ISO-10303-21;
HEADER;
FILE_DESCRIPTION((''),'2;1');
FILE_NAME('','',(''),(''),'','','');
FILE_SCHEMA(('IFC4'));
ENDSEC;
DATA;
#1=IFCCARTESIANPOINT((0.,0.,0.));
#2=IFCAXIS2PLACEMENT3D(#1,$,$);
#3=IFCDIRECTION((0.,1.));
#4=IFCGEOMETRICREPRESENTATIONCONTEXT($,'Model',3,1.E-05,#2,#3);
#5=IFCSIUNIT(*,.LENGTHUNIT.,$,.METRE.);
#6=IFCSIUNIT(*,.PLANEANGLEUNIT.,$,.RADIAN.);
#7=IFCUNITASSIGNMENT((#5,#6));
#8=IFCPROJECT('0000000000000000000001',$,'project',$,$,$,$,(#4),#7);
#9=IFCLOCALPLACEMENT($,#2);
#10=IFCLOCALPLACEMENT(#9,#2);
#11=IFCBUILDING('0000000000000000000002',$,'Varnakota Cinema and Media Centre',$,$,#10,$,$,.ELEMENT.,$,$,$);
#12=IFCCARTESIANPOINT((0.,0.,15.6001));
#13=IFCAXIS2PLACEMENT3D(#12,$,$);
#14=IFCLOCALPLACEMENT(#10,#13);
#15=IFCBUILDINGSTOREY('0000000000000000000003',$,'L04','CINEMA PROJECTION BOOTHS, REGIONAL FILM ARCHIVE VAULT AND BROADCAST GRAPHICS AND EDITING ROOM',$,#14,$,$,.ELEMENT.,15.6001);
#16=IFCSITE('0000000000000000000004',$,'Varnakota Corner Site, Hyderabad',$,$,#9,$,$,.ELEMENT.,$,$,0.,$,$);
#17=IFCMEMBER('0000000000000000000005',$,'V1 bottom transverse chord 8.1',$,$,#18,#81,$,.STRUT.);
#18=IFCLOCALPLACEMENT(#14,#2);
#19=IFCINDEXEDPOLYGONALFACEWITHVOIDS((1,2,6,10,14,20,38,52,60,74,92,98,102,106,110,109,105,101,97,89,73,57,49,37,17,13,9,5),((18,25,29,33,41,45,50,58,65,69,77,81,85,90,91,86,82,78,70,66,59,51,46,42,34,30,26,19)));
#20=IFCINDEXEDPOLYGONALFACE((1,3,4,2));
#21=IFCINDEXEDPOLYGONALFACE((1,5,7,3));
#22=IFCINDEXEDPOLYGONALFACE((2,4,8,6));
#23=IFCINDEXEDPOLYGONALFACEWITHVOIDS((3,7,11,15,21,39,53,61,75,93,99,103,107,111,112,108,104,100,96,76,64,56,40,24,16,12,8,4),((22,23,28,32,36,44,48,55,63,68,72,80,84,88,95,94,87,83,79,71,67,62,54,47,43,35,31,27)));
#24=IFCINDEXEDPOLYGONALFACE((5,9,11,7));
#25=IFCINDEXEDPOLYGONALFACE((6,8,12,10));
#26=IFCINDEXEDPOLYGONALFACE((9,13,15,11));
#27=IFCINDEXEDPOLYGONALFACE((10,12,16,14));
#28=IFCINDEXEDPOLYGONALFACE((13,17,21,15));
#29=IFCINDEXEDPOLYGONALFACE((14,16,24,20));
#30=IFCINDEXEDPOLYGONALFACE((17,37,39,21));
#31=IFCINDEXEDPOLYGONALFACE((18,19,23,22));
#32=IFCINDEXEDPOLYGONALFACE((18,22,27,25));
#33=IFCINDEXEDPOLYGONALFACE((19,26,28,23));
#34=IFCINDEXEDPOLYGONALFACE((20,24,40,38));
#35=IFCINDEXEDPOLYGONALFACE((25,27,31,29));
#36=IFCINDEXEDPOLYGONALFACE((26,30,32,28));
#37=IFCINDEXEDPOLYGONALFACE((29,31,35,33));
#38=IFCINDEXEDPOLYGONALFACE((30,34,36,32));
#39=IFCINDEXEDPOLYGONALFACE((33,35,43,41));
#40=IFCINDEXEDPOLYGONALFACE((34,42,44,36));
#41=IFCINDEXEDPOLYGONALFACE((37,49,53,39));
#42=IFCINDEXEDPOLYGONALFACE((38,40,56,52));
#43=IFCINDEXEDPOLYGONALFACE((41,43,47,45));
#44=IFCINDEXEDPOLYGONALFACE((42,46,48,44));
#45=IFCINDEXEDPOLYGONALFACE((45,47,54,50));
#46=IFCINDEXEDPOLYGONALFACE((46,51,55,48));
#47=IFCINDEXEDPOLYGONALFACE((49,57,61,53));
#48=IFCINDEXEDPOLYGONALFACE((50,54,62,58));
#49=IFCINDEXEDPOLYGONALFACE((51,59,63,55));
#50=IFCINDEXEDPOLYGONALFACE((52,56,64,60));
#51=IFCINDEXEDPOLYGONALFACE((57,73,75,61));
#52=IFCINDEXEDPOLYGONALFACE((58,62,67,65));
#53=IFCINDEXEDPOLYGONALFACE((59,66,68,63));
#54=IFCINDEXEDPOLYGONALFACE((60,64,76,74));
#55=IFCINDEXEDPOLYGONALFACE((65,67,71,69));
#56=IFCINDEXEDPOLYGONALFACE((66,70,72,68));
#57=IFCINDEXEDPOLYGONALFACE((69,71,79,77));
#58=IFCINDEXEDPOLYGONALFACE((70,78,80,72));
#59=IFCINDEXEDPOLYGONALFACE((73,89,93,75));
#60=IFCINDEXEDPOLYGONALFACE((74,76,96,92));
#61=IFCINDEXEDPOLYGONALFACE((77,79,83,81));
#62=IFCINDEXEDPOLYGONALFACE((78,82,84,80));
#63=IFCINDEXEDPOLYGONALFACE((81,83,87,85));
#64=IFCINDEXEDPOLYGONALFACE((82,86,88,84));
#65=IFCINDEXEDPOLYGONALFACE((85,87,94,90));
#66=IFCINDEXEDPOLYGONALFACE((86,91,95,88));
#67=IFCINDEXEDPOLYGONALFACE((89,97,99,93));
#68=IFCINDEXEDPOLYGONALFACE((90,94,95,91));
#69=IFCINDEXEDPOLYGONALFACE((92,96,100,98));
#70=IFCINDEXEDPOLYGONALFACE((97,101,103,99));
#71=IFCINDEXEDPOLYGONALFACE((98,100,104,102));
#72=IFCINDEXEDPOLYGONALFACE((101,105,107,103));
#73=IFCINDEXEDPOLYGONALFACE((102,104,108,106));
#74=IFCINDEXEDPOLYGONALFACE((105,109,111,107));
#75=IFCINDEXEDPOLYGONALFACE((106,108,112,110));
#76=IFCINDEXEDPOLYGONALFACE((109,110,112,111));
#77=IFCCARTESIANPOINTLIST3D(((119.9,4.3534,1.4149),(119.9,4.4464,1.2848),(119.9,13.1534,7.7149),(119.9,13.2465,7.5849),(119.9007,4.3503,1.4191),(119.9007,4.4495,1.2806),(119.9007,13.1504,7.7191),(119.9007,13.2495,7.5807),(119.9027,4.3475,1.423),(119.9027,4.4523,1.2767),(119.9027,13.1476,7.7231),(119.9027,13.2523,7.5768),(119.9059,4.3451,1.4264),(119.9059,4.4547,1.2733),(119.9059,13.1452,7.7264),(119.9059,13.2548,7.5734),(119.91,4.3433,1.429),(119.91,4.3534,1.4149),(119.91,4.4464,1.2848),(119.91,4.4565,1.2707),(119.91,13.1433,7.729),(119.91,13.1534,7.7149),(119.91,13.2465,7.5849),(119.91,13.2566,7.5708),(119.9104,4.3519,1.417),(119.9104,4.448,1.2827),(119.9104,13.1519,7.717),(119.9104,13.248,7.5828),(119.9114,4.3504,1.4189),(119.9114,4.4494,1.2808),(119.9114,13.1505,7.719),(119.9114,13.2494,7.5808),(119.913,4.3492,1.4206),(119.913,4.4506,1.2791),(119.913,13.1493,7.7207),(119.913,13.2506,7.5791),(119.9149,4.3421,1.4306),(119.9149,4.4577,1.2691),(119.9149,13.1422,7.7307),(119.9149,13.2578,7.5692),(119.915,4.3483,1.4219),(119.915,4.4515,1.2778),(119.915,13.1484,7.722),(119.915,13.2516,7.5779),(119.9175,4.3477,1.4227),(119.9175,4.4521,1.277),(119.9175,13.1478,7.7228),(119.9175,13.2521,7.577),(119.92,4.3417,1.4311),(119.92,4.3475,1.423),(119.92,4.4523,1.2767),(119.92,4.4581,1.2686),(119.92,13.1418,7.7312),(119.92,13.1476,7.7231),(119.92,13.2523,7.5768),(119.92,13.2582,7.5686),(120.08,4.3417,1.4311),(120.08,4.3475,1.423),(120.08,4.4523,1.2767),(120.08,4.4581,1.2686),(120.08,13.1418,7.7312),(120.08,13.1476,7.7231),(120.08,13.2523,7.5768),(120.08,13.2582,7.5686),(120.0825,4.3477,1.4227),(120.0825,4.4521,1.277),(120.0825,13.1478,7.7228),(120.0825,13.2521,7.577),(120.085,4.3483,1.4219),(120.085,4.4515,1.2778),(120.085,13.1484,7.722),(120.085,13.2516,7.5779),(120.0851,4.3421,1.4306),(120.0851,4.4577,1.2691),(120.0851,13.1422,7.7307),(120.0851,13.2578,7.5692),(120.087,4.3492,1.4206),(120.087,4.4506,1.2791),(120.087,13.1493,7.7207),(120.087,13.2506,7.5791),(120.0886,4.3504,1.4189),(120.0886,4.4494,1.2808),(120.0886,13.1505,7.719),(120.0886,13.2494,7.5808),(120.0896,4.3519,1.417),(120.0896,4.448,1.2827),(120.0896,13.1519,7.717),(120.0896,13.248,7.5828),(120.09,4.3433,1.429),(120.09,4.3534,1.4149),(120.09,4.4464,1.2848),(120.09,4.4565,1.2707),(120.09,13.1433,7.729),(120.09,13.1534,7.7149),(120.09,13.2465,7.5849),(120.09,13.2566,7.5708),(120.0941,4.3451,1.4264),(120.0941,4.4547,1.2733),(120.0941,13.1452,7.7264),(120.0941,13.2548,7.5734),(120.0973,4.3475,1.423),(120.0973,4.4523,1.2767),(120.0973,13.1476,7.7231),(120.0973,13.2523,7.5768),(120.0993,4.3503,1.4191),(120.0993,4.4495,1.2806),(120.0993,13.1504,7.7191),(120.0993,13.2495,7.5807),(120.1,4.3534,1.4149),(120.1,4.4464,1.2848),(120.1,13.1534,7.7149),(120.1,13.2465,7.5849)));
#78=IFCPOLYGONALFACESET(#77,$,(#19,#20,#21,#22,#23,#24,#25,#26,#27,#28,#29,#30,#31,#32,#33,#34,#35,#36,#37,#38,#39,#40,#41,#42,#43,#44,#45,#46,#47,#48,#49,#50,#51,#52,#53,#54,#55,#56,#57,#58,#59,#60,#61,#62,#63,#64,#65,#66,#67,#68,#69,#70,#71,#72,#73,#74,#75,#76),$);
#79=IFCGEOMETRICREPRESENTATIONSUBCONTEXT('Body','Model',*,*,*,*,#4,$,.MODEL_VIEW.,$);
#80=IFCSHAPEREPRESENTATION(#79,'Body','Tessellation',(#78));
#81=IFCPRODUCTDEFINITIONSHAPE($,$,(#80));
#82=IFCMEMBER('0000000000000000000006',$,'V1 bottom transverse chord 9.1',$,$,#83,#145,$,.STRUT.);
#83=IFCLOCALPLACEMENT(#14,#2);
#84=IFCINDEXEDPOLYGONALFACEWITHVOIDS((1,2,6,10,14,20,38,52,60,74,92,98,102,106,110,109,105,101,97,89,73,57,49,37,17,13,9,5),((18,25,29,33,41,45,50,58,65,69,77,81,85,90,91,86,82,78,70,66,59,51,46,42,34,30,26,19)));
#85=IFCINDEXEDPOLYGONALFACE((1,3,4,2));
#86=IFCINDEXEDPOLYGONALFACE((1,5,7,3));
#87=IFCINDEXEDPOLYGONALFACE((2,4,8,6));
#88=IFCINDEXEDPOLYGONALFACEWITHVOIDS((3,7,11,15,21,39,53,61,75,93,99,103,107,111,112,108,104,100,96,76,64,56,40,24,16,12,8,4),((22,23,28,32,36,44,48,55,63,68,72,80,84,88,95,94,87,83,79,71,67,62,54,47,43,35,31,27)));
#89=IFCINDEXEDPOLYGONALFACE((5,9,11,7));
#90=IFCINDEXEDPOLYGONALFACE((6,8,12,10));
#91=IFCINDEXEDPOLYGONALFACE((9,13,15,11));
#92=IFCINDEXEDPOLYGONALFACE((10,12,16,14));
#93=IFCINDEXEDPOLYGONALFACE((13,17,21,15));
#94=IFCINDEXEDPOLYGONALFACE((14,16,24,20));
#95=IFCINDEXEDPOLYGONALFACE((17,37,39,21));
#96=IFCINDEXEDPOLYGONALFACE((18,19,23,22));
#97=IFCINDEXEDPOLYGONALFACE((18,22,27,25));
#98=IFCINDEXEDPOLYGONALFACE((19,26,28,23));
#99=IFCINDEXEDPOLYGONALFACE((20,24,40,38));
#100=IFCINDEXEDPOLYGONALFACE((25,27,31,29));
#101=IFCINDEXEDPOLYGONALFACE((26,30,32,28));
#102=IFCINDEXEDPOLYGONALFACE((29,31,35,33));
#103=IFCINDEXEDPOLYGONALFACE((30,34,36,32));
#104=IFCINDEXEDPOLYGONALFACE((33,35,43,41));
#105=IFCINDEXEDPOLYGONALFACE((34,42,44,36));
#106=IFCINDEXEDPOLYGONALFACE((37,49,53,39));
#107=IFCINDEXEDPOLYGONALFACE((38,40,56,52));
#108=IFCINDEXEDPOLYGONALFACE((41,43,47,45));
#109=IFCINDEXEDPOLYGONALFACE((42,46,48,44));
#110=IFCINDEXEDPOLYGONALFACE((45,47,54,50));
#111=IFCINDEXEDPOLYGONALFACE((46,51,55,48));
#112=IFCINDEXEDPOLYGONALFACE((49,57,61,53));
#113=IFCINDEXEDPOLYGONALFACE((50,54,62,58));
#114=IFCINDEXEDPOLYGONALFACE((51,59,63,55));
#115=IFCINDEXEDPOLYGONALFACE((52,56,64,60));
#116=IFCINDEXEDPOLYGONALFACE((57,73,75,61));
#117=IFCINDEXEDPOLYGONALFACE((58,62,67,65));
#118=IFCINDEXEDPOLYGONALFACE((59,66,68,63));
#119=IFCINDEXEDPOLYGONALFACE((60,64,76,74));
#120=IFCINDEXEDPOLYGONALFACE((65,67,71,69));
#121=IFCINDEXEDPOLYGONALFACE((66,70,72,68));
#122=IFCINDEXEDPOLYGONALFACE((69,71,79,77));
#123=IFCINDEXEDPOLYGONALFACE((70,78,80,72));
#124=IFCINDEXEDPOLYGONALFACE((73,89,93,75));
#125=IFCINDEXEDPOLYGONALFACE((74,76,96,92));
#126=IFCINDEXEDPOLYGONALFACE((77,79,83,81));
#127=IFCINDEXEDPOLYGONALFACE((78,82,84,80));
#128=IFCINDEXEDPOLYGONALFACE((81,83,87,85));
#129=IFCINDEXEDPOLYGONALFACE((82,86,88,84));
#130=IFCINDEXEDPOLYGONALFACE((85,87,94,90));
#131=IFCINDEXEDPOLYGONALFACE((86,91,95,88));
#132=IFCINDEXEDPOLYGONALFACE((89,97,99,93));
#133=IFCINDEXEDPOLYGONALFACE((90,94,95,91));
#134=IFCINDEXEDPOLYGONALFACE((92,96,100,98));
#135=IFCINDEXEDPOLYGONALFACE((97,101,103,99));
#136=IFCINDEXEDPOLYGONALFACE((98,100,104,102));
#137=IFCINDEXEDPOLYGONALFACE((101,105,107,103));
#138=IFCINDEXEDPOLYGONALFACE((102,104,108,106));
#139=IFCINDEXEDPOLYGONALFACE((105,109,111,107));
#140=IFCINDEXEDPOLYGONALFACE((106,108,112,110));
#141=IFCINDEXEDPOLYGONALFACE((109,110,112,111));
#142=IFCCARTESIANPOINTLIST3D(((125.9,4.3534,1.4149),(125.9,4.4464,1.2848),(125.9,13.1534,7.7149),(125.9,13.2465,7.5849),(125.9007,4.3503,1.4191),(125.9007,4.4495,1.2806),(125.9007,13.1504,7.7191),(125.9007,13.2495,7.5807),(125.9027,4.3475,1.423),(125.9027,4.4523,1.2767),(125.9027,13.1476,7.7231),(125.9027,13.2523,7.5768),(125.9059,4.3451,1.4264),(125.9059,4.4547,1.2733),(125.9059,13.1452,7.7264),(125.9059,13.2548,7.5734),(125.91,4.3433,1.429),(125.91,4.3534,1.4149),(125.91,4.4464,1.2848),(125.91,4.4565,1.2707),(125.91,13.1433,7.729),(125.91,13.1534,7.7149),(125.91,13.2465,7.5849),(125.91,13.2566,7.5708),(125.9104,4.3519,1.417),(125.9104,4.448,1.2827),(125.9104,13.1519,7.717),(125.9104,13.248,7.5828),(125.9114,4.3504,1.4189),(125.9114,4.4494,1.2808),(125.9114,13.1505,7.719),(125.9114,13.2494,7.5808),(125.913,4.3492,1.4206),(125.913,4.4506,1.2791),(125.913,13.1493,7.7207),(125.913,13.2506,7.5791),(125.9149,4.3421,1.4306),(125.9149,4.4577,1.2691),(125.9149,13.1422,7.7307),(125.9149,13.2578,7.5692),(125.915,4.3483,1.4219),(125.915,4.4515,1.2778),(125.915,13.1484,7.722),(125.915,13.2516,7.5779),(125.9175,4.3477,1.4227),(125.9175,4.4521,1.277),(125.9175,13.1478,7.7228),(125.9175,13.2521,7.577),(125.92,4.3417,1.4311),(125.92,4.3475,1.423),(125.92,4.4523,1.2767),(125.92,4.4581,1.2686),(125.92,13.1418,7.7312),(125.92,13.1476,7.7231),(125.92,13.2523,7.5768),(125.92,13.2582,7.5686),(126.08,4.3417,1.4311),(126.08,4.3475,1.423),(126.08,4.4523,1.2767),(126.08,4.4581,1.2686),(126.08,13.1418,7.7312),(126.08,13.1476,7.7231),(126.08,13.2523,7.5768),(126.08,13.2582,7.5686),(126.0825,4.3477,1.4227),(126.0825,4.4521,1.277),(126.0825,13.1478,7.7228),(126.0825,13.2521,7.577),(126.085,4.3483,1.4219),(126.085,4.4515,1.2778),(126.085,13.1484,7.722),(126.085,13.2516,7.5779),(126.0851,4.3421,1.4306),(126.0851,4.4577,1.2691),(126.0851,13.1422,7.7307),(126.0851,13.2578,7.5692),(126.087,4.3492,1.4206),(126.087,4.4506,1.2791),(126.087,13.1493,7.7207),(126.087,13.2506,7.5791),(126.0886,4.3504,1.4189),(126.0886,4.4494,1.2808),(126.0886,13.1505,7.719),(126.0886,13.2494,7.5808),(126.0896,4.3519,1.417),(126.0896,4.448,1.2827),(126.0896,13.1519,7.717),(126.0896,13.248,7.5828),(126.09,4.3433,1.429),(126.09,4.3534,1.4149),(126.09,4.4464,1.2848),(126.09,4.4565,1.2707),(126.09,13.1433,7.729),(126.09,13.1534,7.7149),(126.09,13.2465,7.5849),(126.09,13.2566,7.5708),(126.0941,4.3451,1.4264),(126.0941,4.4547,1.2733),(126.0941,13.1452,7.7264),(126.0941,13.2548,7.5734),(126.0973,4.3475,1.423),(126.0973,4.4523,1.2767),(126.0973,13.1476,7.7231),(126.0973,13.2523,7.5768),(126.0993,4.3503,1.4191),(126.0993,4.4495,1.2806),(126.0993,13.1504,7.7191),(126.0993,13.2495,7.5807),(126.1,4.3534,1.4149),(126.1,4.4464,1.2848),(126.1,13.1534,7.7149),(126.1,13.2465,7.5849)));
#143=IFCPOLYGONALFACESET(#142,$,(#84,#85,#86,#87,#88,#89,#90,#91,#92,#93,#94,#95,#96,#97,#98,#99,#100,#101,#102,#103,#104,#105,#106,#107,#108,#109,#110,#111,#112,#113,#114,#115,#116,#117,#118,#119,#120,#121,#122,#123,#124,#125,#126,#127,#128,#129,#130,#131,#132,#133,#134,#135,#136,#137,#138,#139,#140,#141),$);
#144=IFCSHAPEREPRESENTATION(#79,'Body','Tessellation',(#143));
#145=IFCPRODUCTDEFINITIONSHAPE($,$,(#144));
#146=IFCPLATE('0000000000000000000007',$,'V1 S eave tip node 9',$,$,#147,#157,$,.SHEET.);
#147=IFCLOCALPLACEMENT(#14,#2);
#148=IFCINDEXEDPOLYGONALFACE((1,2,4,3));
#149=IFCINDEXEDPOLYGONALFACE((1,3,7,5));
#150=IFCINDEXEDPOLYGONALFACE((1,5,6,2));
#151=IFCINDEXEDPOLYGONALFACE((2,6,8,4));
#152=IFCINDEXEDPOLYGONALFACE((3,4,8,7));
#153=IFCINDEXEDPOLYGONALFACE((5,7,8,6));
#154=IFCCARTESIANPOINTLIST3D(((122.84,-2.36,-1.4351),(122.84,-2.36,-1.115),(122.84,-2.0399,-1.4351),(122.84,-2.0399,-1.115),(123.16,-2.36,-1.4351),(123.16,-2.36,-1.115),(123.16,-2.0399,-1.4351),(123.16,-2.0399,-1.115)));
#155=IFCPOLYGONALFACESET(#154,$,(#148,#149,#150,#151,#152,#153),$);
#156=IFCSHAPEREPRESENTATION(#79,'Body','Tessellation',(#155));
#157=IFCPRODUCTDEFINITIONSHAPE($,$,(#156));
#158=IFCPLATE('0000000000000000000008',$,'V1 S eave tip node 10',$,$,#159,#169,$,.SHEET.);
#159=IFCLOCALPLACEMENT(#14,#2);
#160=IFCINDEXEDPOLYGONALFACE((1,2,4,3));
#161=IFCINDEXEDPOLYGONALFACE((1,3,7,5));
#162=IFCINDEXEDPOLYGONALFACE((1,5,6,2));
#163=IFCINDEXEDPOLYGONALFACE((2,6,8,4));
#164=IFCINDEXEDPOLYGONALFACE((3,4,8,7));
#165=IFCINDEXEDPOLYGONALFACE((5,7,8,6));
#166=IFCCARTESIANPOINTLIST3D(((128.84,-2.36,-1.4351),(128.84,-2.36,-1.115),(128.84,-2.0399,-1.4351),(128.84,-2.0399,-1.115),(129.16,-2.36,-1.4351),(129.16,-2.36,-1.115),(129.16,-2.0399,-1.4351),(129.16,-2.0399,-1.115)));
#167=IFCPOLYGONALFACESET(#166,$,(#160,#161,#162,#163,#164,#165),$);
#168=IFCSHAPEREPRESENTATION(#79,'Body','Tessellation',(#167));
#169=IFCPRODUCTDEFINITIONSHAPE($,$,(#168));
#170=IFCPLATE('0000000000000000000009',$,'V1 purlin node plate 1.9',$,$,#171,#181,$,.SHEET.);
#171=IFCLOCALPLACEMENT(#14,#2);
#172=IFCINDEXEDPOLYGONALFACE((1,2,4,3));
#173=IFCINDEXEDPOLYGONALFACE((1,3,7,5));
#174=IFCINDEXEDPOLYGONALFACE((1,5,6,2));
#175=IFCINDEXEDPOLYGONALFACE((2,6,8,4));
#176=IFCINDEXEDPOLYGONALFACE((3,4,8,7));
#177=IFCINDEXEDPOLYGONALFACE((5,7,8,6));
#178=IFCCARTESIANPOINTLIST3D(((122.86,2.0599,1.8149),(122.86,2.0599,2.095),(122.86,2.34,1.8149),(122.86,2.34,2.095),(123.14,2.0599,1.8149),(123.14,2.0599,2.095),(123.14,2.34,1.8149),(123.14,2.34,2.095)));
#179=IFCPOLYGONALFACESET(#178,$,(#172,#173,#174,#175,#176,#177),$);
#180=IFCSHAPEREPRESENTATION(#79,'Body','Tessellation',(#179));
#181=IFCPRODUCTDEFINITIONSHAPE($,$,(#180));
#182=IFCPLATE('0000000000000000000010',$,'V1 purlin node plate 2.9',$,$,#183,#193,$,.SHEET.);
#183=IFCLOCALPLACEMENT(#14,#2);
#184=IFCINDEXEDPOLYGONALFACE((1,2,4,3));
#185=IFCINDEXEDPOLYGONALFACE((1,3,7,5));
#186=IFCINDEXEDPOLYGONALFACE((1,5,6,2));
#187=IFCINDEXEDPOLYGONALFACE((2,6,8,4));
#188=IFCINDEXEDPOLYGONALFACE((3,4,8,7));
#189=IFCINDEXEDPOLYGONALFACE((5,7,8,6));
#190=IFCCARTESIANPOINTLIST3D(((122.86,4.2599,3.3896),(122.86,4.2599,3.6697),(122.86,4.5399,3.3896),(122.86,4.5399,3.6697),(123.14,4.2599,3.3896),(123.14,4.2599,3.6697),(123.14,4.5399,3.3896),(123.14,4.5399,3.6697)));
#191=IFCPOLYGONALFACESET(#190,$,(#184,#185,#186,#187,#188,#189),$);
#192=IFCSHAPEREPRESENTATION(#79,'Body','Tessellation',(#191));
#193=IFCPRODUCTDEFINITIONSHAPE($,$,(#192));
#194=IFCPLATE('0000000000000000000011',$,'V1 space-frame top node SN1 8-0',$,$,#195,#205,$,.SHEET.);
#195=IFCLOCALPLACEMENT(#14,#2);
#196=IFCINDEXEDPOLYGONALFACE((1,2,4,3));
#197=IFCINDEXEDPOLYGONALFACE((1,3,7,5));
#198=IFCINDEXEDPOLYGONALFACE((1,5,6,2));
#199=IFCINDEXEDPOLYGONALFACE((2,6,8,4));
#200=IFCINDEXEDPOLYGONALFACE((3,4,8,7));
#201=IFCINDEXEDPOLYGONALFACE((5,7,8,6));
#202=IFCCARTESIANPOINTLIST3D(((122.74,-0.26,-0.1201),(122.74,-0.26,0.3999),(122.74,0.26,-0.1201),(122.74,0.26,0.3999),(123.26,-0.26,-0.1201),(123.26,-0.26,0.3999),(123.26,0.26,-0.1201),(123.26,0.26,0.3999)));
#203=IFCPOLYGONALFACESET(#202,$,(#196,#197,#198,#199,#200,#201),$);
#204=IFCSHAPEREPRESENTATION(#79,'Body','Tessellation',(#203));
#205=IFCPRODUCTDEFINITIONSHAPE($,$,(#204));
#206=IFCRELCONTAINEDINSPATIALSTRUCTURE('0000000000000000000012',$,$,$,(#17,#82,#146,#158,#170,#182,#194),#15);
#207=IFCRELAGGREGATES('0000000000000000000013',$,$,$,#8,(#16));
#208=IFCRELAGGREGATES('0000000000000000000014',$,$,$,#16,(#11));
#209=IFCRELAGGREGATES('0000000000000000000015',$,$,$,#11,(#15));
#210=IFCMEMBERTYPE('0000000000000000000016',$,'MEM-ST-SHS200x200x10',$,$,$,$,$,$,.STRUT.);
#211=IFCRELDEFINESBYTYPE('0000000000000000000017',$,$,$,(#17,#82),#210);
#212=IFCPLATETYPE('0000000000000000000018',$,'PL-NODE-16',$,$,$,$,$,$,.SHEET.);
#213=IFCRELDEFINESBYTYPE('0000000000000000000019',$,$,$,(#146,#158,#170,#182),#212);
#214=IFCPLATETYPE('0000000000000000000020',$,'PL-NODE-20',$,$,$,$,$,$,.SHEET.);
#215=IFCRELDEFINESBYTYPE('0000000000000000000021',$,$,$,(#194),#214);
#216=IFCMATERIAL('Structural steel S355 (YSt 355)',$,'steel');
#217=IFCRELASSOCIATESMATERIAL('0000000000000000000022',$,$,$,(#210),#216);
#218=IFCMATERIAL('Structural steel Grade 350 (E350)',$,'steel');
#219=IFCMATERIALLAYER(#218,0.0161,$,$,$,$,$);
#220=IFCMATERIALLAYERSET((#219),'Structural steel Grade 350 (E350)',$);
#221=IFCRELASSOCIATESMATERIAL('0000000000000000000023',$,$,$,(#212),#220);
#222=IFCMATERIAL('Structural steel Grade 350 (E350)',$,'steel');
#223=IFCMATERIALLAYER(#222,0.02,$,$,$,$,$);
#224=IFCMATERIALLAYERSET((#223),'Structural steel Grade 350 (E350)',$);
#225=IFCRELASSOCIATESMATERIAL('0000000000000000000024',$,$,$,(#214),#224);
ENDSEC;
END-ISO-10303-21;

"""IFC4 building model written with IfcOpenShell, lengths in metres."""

from ifc_helpers import new_model, si_unit, direction, frame, origin, origin_2d, place, context, subcontext, project, spatial, rectangle, hollow_rectangle, extrude, material, layer, layer_set, material_profile, profile_set, type_object, element, save


model = new_model("IFC4")

# Units and contexts
model_context = context("Model", 3, precision=1e-05, world=origin(), true_north=direction((0.0, 1.0)))
body_context = subcontext(model_context, "Body", "Model", "MODEL_VIEW")
ifc_project = project(units=[si_unit("LENGTHUNIT", "METRE"), si_unit("PLANEANGLEUNIT", "RADIAN")], contexts=[model_context])

# Site, building, storey
site_placement = place(None, origin())
site = spatial("IfcSite", under=ifc_project, at=site_placement, Name="Varnakota Corner Site, Hyderabad", CompositionType="ELEMENT", RefElevation=0.0)
building_placement = place(site_placement, origin())
building = spatial("IfcBuilding", under=site, at=building_placement, Name="Varnakota Cinema and Media Centre", CompositionType="ELEMENT")
storey_placement = place(building_placement, frame((0.0, 0.0, 15.6001)))
storey = spatial("IfcBuildingStorey", under=building, at=storey_placement, Name="L04", Description="CINEMA PROJECTION BOOTHS, REGIONAL FILM ARCHIVE VAULT AND BROADCAST GRAPHICS AND EDITING ROOM", CompositionType="ELEMENT", Elevation=15.6001)

# Members
ifc_material_1 = material(Name="Structural steel S355 (YSt 355)", Category="steel")
ifc_material_profile_1 = material_profile(ifc_material_1, hollow_rectangle(XDim=0.2, YDim=0.2, WallThickness=0.01, InnerFilletRadius=0.01, OuterFilletRadius=0.02, at=origin_2d()), Name="SHS 200x200x10")
ifc_profile_set_1 = profile_set([ifc_material_profile_1], Name="Structural steel S355 (YSt 355)")
member_type_1 = type_object("IfcMemberType", Name="MEM-ST-SHS200x200x10", PredefinedType="STRUT", material=ifc_profile_set_1)
for number, where, z_axis, x_axis, name in (
    (1, (120.0, 4.3999, 1.3499), (0.0, 0.813108, 0.582113), (-1.0, 0.0, 0.0), "V1 bottom transverse chord 8.1"),
    (2, (126.0, 4.3999, 1.3499), (0.0, 0.813108, 0.582113), (-1.0, 0.0, 0.0), "V1 bottom transverse chord 9.1"),
):
    element("IfcMember", number, at=place(storey_placement, frame(where, z_axis=z_axis, x_axis=x_axis)), inside=storey, type_object=member_type_1, Name=name, PredefinedType="STRUT", context=body_context, shape_type="SweptSolid", body=[
        extrude(hollow_rectangle(XDim=0.2, YDim=0.2, WallThickness=0.01, InnerFilletRadius=0.01, OuterFilletRadius=0.02, at=origin_2d()), origin(), (0.0, 0.0, 1.0), 10.8228),
    ])

# Plates
ifc_material_2 = material(Name="Structural steel Grade 350 (E350)", Category="steel")
ifc_layer_1 = layer(ifc_material_2, 0.0161)
ifc_layer_set_1 = layer_set([ifc_layer_1], Name="Structural steel Grade 350 (E350)")
plate_type_1 = type_object("IfcPlateType", Name="PL-NODE-16", PredefinedType="SHEET", material=ifc_layer_set_1)
for number, where, z_axis, x_axis, name in (
    (3, (123.0, -2.2, -1.4351), (0.0, 0.0, 1.0), (1.0, 0.0, 0.0), "V1 S eave tip node 9"),
    (4, (129.0, -2.2, -1.4351), (0.0, 0.0, 1.0), (1.0, 0.0, 0.0), "V1 S eave tip node 10"),
):
    element("IfcPlate", number, at=place(storey_placement, frame(where, z_axis=z_axis, x_axis=x_axis)), inside=storey, type_object=plate_type_1, Name=name, PredefinedType="SHEET", context=body_context, shape_type="SweptSolid", body=[
        extrude(rectangle(XDim=0.3201, YDim=0.3201, at=origin_2d()), origin(), (0.0, 0.0, 1.0), 0.3201),
    ])
for number, where, z_axis, x_axis, name in (
    (5, (123.0, 2.2, 1.8149), (0.0, 0.0, 1.0), (1.0, 0.0, 0.0), "V1 purlin node plate 1.9"),
    (6, (123.0, 4.3999, 3.3896), (0.0, 0.0, 1.0), (1.0, 0.0, 0.0), "V1 purlin node plate 2.9"),
):
    element("IfcPlate", number, at=place(storey_placement, frame(where, z_axis=z_axis, x_axis=x_axis)), inside=storey, type_object=plate_type_1, Name=name, PredefinedType="SHEET", context=body_context, shape_type="SweptSolid", body=[
        extrude(rectangle(XDim=0.28, YDim=0.28, at=origin_2d()), origin(), (0.0, 0.0, 1.0), 0.28),
    ])
ifc_material_3 = material(Name="Structural steel Grade 350 (E350)", Category="steel")
ifc_layer_2 = layer(ifc_material_3, 0.02)
ifc_layer_set_2 = layer_set([ifc_layer_2], Name="Structural steel Grade 350 (E350)")
plate_type_2 = type_object("IfcPlateType", Name="PL-NODE-20", PredefinedType="SHEET", material=ifc_layer_set_2)
plate_placement = place(storey_placement, frame((123.0, 0.0, -0.1201), z_axis=(0.0, 0.0, 1.0), x_axis=(1.0, 0.0, 0.0)))
element("IfcPlate", 7, at=plate_placement, inside=storey, type_object=plate_type_2, Name="V1 space-frame top node SN1 8-0", PredefinedType="SHEET", context=body_context, shape_type="SweptSolid", body=[
    extrude(rectangle(XDim=0.52, YDim=0.52, at=origin_2d()), origin(), (0.0, 0.0, 1.0), 0.52),
])

save(model, "model.ifc")
